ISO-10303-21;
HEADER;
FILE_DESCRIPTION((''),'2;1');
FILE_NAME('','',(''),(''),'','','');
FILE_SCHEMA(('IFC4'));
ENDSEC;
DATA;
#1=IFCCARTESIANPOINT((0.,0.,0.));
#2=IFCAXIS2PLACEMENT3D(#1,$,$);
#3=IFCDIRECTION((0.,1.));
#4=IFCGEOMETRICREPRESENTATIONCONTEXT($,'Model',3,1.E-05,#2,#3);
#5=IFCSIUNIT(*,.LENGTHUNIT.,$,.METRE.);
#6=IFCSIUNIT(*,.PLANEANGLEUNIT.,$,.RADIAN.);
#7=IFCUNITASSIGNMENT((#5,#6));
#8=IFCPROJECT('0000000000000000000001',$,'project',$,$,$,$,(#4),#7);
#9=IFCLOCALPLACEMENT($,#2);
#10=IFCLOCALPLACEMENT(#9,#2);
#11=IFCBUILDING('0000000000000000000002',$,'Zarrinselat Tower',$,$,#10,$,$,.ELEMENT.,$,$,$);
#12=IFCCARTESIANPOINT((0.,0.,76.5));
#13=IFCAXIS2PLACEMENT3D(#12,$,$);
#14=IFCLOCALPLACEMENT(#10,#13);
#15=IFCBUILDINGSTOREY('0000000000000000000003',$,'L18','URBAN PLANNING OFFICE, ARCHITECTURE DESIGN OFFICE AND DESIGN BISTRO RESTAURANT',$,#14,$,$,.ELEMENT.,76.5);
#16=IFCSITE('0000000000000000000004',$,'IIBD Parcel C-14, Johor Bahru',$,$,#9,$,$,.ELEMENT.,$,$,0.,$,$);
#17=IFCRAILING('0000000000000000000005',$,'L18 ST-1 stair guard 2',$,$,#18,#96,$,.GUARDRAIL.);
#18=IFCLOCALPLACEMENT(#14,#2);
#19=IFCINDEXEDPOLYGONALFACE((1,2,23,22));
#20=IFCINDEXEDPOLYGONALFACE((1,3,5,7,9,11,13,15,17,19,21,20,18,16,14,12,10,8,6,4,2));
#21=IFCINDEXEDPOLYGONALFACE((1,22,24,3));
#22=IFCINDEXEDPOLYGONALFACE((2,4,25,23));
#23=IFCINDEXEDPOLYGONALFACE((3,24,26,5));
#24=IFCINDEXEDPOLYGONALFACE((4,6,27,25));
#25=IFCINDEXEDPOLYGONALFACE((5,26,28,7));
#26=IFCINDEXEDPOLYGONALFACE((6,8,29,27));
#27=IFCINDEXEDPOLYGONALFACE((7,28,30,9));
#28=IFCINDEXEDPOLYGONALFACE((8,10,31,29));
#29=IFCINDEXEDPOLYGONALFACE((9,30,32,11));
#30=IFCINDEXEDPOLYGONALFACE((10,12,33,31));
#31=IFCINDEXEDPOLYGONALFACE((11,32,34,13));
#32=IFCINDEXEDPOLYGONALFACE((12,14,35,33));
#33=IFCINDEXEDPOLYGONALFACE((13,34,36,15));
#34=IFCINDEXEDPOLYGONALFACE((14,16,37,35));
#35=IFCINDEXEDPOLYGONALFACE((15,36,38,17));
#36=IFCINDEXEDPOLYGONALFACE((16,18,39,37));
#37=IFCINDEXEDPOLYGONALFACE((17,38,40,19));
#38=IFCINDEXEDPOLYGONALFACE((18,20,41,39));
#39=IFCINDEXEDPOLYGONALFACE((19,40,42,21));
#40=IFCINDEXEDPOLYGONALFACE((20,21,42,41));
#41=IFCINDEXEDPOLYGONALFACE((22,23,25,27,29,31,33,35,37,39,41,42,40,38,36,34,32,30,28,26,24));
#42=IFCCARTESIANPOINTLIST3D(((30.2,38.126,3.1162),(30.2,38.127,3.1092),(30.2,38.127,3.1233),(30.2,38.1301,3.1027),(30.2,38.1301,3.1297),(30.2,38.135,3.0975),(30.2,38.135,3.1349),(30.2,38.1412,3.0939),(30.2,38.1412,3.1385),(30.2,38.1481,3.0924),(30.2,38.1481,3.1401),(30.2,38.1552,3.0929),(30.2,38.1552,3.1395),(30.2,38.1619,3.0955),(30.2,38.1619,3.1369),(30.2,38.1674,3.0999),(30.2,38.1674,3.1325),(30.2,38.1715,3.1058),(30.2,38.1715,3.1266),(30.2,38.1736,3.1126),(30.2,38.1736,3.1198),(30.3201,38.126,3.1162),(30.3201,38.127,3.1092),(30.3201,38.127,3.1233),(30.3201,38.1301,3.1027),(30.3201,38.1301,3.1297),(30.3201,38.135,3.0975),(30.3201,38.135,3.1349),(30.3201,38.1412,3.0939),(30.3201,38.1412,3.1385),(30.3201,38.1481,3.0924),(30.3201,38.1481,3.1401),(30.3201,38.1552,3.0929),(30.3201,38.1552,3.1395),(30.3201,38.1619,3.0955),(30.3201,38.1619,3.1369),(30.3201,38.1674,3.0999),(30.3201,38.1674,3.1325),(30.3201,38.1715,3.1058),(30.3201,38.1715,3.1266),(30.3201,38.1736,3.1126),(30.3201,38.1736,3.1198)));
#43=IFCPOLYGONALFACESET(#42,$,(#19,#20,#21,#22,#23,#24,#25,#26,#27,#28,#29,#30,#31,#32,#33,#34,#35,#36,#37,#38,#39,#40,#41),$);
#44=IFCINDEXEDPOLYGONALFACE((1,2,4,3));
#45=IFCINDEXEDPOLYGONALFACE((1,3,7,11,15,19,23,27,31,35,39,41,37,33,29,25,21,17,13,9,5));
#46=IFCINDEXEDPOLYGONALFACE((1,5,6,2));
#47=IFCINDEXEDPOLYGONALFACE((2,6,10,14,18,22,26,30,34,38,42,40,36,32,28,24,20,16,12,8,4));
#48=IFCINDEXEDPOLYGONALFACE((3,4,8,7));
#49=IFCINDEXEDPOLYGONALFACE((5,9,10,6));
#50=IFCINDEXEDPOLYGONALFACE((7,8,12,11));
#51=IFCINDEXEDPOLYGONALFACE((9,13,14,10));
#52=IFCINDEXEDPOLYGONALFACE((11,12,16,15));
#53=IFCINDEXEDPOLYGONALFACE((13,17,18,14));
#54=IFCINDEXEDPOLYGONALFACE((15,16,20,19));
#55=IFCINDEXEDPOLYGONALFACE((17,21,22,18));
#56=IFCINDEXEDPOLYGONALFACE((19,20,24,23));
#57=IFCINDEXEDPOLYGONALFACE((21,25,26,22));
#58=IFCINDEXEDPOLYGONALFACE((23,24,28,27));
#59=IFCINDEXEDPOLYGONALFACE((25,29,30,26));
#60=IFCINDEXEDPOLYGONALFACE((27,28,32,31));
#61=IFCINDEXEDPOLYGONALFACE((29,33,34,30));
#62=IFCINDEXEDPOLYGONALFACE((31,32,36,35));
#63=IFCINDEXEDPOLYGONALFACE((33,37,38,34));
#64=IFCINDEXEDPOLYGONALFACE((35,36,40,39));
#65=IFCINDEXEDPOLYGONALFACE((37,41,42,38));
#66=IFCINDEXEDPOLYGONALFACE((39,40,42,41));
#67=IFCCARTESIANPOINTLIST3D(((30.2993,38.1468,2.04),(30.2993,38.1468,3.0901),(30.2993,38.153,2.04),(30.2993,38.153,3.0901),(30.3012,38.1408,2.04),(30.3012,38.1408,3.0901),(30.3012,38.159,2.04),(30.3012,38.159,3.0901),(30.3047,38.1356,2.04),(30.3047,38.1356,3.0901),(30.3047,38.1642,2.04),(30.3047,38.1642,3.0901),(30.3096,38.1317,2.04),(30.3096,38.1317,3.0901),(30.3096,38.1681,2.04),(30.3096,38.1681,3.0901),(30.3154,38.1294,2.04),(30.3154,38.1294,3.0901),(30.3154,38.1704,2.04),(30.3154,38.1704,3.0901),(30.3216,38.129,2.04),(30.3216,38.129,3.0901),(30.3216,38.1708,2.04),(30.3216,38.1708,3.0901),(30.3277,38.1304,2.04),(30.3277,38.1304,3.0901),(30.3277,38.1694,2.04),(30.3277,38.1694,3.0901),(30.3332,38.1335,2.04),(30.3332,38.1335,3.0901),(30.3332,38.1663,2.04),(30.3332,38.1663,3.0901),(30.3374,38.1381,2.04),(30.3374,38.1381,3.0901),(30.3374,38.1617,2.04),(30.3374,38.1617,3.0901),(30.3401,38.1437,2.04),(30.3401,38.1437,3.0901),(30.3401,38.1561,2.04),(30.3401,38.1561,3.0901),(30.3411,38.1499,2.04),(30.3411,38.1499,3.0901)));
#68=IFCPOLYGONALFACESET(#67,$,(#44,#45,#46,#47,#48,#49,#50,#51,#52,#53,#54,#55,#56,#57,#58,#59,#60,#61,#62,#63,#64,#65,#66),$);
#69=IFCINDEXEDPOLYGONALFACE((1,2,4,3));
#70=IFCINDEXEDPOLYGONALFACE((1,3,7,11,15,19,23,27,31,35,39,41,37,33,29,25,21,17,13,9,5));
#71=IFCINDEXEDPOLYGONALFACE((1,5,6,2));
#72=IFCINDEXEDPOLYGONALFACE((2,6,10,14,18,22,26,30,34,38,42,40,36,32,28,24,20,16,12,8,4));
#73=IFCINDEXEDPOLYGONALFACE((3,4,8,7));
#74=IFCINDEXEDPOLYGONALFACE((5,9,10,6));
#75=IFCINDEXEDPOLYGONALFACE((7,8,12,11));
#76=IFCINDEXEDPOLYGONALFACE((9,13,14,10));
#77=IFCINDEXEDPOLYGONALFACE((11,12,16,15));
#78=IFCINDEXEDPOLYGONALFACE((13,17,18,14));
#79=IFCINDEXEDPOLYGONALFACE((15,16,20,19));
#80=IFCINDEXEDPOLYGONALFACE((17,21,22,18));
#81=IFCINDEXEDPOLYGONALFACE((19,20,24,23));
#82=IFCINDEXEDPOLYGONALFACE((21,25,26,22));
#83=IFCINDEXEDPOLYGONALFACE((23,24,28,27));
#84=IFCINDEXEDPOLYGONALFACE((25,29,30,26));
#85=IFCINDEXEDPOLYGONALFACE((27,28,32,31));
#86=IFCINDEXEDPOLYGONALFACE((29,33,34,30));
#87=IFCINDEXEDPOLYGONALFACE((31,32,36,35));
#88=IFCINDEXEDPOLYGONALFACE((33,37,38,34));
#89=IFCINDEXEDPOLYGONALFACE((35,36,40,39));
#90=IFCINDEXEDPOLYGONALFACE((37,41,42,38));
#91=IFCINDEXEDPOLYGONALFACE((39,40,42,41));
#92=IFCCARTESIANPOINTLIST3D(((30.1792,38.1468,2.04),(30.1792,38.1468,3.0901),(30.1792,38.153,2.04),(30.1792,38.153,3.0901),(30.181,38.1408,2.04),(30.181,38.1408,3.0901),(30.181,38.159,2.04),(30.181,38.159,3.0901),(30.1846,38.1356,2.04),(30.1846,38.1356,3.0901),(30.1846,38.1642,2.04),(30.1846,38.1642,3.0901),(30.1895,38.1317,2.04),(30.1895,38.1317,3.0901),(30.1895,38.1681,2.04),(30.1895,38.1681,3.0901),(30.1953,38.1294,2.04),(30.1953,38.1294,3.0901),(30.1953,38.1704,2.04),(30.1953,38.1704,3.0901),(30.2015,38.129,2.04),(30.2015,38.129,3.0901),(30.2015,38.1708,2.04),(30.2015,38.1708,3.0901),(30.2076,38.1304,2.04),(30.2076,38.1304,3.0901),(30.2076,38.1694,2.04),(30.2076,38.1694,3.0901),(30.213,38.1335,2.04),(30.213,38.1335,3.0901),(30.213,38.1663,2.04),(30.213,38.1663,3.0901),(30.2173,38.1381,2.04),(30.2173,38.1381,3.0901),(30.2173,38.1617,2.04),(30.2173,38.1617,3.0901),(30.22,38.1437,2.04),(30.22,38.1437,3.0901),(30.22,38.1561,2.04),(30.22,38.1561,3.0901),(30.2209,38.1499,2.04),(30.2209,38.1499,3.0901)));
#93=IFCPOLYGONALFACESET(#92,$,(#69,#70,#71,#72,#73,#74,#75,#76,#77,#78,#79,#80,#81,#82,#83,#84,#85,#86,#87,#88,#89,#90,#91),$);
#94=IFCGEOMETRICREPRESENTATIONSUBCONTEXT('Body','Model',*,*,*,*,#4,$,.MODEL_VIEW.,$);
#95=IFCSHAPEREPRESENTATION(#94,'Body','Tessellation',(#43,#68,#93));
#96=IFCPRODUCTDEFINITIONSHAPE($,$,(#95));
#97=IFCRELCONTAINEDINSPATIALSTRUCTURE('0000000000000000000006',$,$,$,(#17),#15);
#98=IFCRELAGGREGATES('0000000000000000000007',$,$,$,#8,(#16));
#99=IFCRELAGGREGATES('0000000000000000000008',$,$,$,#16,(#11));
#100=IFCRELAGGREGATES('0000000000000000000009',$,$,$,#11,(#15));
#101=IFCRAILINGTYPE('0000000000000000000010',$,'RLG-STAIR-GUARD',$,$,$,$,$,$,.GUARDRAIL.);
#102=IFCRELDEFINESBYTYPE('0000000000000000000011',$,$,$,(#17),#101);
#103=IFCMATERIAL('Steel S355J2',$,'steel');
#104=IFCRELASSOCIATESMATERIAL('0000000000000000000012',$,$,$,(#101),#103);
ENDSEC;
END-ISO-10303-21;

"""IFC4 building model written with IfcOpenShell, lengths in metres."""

from ifc_helpers import new_model, si_unit, direction, frame, origin, origin_2d, place, context, subcontext, project, spatial, circle, extrude, material, type_object, element, save


model = new_model("IFC4")

# Units and contexts
model_context = context("Model", 3, precision=1e-05, world=origin(), true_north=direction((0.0, 1.0)))
body_context = subcontext(model_context, "Body", "Model", "MODEL_VIEW")
ifc_project = project(units=[si_unit("LENGTHUNIT", "METRE"), si_unit("PLANEANGLEUNIT", "RADIAN")], contexts=[model_context])

# Site, building, storey
site_placement = place(None, origin())
site = spatial("IfcSite", under=ifc_project, at=site_placement, Name="IIBD Parcel C-14, Johor Bahru", CompositionType="ELEMENT", RefElevation=0.0)
building_placement = place(site_placement, origin())
building = spatial("IfcBuilding", under=site, at=building_placement, Name="Zarrinselat Tower", CompositionType="ELEMENT")
storey_placement = place(building_placement, frame((0.0, 0.0, 76.5)))
storey = spatial("IfcBuildingStorey", under=building, at=storey_placement, Name="L18", Description="URBAN PLANNING OFFICE, ARCHITECTURE DESIGN OFFICE AND DESIGN BISTRO RESTAURANT", CompositionType="ELEMENT", Elevation=76.5)

# Railing
ifc_material_1 = material(Name="Steel S355J2", Category="steel")
railing_type_1 = type_object("IfcRailingType", Name="RLG-STAIR-GUARD", PredefinedType="GUARDRAIL", material=ifc_material_1)
railing_1_placement = place(storey_placement, frame((30.3201, 38.1499, 2.04)))
element("IfcRailing", 1, at=railing_1_placement, inside=storey, type_object=railing_type_1, Name="L18 ST-1 stair guard 2", PredefinedType="GUARDRAIL", context=body_context, shape_type="SweptSolid", body=[
    extrude(circle(Radius=0.0239, at=origin_2d()), frame((0.0, 0.0, 1.0762), z_axis=(-1.0, 0.0, 0.0), x_axis=(0.0, -1.0, 0.0)), (0.0, 0.0, 1.0), 0.1201),
    extrude(circle(Radius=0.021, at=origin_2d()), origin(), (0.0, 0.0, 1.0), 1.05),
    extrude(circle(Radius=0.021, at=origin_2d()), frame((-0.1201, 0.0, 0.0)), (0.0, 0.0, 1.0), 1.05),
])

save(model, "model.ifc")
